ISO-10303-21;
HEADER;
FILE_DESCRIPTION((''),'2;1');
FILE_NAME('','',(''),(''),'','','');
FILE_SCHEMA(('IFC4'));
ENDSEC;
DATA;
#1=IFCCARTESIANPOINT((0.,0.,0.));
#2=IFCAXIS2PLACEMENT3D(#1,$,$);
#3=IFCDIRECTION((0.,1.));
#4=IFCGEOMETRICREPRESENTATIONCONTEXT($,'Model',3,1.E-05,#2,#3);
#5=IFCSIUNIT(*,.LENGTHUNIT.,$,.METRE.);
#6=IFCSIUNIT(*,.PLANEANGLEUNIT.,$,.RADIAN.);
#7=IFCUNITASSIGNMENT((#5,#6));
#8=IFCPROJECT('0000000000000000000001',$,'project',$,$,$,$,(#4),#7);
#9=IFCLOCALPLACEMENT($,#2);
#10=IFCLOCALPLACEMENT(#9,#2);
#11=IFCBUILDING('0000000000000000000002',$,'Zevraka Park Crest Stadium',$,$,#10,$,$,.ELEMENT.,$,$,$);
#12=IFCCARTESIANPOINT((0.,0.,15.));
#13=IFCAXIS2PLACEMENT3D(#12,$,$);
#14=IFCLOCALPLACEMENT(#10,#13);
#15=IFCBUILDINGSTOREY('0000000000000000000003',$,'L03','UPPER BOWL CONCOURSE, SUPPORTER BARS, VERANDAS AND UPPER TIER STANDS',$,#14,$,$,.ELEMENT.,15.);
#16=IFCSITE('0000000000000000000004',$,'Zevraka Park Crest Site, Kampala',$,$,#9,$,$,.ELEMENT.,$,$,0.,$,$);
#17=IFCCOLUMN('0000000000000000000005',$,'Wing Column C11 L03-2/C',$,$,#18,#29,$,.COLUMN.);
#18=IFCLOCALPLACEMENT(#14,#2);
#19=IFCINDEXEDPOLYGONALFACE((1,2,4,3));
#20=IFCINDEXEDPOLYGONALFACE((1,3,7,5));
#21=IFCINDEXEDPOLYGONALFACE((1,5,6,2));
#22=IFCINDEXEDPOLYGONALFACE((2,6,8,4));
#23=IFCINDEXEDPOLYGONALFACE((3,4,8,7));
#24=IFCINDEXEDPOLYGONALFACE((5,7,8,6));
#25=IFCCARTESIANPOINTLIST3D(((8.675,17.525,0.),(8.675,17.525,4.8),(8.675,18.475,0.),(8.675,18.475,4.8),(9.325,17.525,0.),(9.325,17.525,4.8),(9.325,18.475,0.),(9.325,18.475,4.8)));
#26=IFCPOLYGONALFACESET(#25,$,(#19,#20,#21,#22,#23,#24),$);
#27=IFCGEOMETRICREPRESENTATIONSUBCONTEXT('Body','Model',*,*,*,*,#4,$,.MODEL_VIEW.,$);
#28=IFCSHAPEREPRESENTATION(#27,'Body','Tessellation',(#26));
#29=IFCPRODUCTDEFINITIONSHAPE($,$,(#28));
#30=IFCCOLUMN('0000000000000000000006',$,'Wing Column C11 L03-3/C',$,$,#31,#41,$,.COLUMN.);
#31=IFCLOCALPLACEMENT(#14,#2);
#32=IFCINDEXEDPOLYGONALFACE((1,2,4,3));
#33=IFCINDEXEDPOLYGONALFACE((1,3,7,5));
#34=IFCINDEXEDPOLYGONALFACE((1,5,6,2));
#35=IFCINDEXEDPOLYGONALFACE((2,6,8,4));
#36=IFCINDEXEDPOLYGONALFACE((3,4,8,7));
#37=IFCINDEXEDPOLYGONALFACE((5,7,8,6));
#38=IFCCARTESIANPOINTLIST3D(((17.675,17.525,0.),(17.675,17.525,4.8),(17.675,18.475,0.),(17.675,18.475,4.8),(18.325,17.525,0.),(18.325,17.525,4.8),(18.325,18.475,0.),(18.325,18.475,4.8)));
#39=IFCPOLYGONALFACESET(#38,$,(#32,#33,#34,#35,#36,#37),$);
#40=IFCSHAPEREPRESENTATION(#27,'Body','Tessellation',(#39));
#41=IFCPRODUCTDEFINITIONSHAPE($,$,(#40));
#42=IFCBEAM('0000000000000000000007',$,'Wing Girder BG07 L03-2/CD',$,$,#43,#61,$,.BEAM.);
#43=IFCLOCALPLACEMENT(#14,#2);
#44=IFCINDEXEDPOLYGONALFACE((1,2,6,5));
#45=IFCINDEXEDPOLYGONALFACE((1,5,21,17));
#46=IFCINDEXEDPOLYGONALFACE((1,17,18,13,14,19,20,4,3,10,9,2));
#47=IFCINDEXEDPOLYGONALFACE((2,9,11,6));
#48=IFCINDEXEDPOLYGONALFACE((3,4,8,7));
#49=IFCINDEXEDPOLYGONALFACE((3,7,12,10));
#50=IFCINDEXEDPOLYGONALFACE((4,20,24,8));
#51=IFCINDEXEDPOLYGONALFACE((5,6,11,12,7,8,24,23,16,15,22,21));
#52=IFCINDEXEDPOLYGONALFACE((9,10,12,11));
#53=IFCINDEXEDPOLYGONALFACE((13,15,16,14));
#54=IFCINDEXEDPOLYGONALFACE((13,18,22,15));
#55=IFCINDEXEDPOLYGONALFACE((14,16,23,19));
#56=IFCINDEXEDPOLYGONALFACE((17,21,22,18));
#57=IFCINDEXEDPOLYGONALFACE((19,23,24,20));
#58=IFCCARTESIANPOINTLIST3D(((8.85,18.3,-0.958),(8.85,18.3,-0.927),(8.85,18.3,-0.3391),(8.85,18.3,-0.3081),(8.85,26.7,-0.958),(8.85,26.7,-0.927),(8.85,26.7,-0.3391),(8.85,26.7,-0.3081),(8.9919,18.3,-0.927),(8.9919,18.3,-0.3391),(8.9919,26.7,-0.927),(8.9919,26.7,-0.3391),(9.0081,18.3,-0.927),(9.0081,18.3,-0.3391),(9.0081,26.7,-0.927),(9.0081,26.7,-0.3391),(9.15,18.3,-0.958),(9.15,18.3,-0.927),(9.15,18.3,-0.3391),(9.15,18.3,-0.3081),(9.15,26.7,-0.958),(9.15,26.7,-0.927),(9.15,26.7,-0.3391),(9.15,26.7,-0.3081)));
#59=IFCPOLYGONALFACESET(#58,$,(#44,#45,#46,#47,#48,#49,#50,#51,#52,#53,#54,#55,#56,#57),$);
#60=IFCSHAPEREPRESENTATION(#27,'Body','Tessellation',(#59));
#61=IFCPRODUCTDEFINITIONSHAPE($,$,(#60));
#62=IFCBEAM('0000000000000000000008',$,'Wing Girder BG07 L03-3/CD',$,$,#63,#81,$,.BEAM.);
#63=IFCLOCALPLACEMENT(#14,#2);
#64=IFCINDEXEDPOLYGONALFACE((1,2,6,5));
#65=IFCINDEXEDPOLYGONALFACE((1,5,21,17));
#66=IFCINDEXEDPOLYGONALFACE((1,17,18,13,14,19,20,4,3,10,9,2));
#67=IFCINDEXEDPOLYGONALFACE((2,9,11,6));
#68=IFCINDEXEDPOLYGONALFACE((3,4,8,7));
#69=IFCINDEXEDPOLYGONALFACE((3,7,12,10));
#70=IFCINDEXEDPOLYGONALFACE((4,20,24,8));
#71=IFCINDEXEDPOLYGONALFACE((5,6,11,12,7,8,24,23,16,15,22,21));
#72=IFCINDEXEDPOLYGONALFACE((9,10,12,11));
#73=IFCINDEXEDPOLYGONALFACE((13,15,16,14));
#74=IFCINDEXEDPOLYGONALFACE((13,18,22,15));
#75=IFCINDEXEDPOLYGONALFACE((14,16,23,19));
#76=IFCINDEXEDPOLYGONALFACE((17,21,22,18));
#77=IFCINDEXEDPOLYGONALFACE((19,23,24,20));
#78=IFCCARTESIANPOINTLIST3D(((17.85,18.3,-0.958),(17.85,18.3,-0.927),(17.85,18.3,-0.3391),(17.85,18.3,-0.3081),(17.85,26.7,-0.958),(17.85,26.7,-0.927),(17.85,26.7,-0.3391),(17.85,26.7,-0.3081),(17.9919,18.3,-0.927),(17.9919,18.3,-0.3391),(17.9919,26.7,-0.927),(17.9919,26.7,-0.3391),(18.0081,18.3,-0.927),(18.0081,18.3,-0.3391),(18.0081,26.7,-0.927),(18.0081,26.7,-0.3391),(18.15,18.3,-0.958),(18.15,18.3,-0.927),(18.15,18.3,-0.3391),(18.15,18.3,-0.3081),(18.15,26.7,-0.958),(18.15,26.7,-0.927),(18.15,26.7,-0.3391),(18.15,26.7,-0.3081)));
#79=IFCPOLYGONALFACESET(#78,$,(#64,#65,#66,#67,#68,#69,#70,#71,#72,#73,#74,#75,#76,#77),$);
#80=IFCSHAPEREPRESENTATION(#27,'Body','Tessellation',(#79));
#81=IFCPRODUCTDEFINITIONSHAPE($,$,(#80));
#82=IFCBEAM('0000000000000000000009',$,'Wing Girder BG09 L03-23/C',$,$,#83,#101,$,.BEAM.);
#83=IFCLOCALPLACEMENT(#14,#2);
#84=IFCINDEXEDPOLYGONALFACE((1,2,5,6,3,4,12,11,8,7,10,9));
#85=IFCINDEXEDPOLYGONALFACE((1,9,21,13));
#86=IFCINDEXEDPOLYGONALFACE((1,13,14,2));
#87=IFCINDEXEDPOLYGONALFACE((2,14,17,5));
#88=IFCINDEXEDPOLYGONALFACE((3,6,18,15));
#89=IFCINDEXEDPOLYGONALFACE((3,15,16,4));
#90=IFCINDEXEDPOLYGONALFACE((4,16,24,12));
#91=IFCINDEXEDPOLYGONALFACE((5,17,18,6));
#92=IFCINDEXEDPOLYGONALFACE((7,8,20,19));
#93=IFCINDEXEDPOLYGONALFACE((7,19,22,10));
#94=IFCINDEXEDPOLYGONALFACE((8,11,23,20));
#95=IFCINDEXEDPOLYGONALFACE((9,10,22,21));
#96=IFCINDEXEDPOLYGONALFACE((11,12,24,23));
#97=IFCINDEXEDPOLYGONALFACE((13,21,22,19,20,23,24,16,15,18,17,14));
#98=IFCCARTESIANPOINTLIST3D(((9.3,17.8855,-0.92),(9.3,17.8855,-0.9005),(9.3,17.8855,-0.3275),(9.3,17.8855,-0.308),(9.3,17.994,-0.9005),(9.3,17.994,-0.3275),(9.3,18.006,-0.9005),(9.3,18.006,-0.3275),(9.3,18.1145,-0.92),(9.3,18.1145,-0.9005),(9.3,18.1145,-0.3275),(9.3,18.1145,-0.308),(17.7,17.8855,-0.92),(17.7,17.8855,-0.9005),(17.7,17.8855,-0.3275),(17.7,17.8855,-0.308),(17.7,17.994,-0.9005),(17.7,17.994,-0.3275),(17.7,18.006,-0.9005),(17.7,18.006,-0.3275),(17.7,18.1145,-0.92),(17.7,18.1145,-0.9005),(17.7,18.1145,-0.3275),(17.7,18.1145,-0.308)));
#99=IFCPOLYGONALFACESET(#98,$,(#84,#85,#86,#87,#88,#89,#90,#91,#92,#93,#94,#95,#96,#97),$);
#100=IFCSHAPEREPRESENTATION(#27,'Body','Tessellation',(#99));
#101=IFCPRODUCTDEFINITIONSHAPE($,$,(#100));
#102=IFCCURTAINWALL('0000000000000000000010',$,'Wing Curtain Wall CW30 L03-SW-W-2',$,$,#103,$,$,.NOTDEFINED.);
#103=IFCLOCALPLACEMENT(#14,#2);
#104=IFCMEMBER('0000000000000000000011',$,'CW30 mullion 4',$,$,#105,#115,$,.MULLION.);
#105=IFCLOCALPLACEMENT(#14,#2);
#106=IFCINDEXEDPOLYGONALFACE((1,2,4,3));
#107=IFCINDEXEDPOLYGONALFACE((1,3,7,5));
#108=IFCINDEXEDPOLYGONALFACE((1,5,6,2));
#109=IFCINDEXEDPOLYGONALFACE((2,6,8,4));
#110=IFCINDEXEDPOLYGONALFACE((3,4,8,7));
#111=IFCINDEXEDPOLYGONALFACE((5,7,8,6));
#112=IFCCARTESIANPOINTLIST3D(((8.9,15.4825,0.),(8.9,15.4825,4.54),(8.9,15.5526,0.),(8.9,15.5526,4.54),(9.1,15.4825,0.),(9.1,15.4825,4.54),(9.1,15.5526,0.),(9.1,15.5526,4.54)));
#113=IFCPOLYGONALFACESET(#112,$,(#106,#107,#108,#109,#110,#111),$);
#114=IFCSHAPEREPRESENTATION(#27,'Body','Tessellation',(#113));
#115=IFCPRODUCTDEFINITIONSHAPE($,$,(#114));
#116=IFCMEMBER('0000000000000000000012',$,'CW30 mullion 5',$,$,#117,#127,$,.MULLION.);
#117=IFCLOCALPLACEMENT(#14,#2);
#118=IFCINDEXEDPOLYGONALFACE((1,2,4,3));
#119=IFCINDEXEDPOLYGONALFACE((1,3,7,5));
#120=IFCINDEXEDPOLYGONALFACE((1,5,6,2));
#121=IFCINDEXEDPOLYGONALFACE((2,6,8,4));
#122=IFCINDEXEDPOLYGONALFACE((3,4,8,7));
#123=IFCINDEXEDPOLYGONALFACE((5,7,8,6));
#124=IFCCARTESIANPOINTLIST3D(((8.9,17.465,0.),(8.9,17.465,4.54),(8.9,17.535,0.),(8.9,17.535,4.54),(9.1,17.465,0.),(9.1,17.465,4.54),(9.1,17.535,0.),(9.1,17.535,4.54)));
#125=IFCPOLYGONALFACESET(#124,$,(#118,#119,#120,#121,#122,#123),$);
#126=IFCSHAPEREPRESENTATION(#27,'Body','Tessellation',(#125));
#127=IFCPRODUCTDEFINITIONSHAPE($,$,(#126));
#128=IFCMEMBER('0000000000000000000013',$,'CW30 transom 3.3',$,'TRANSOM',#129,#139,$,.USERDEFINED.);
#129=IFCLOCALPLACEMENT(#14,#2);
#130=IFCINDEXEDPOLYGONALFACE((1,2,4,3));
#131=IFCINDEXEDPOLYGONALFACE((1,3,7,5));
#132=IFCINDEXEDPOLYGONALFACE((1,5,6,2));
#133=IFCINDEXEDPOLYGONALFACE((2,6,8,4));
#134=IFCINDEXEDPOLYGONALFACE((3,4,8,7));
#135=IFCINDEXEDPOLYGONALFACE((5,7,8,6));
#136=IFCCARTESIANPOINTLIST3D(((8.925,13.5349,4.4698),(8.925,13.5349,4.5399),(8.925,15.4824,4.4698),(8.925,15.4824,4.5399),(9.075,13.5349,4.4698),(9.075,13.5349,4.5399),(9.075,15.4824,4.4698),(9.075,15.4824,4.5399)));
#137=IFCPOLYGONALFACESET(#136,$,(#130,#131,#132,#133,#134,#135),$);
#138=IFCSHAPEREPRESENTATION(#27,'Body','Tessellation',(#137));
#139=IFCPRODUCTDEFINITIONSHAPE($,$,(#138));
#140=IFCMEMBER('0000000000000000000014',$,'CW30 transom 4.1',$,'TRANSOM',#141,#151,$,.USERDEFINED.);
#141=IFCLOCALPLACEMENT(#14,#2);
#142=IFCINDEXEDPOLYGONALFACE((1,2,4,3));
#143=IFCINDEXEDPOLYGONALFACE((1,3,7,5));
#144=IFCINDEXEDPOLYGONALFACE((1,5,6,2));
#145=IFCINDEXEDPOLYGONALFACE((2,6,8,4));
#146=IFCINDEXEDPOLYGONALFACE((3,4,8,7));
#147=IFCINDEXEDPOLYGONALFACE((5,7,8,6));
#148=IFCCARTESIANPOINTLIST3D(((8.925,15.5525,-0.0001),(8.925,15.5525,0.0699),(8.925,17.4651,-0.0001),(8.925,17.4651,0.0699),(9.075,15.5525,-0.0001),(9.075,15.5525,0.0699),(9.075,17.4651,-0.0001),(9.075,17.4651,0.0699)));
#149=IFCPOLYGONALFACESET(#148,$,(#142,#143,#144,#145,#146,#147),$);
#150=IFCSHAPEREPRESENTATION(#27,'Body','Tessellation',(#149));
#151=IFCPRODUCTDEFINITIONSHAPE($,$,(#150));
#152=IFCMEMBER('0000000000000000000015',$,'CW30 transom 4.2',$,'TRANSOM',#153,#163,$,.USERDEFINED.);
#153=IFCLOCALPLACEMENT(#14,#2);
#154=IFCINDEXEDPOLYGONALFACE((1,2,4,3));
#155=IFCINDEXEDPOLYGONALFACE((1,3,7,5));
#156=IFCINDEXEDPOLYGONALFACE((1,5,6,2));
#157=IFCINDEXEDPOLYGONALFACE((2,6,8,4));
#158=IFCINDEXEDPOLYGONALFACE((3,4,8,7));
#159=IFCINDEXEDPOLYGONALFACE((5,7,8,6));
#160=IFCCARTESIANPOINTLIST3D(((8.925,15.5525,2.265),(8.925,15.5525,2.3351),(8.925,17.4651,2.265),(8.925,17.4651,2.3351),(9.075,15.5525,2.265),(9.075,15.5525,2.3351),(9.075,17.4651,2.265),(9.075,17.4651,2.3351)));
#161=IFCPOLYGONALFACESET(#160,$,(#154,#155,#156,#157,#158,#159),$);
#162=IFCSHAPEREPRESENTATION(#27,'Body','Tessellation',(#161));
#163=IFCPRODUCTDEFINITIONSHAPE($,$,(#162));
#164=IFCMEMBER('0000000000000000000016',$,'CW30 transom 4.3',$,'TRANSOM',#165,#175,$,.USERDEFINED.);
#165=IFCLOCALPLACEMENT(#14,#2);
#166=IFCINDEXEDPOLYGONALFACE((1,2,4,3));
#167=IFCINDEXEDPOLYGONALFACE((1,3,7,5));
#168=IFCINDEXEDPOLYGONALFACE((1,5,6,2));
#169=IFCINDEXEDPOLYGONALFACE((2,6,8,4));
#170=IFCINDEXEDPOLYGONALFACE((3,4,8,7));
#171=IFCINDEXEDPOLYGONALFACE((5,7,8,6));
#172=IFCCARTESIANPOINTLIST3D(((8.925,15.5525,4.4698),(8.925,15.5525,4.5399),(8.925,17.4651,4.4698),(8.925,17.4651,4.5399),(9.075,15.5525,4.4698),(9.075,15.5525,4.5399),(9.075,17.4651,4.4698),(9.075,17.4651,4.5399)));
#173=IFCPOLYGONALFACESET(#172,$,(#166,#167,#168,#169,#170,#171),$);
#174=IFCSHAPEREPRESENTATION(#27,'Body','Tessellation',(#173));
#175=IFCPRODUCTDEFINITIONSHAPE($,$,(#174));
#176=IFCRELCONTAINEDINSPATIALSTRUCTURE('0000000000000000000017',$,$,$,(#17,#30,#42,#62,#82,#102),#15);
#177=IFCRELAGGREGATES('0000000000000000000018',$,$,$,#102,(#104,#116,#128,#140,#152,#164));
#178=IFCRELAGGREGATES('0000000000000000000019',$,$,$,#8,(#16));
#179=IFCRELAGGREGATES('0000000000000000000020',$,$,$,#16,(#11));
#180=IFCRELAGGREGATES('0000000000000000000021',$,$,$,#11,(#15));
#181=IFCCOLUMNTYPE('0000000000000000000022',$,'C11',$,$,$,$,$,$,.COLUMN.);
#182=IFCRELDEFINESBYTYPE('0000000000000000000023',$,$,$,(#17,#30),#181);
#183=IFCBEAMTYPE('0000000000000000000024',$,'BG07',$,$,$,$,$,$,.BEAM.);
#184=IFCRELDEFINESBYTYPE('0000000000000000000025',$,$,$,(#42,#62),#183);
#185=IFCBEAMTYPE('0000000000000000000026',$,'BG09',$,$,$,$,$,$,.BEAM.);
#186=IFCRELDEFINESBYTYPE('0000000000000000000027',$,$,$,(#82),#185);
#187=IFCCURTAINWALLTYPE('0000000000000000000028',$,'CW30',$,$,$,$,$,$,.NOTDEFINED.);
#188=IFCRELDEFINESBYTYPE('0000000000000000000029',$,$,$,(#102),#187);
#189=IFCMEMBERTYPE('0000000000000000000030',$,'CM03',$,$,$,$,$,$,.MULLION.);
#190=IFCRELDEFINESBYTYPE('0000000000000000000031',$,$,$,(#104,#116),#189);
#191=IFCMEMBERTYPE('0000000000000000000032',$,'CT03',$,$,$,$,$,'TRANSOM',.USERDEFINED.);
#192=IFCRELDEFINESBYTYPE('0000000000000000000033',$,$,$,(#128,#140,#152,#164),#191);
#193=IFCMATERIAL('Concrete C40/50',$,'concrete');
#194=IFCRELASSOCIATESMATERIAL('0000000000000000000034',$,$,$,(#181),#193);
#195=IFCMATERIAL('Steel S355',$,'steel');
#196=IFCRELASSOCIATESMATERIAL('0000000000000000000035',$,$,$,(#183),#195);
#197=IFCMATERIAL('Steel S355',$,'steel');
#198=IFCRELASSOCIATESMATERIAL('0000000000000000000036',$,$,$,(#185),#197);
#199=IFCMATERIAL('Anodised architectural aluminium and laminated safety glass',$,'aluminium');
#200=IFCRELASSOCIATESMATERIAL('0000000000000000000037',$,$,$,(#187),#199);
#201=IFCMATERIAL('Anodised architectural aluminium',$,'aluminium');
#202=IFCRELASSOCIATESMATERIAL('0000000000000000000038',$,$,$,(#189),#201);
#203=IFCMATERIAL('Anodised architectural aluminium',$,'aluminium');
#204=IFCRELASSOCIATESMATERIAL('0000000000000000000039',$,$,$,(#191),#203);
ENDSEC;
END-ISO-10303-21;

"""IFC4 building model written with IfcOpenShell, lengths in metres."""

from ifc_helpers import new_model, si_unit, direction, frame, origin, origin_2d, place, context, subcontext, project, spatial, rectangle, i_section, extrude, material, material_profile, profile_set, type_object, element, aggregate, save


model = new_model("IFC4")

# Units and contexts
model_context = context("Model", 3, precision=1e-05, world=origin(), true_north=direction((0.0, 1.0)))
body_context = subcontext(model_context, "Body", "Model", "MODEL_VIEW")
ifc_project = project(units=[si_unit("LENGTHUNIT", "METRE"), si_unit("PLANEANGLEUNIT", "RADIAN")], contexts=[model_context])

# Site, building, storey
site_placement = place(None, origin())
site = spatial("IfcSite", under=ifc_project, at=site_placement, Name="Zevraka Park Crest Site, Kampala", CompositionType="ELEMENT", RefElevation=0.0)
building_placement = place(site_placement, origin())
building = spatial("IfcBuilding", under=site, at=building_placement, Name="Zevraka Park Crest Stadium", CompositionType="ELEMENT")
storey_placement = place(building_placement, frame((0.0, 0.0, 15.0)))
storey = spatial("IfcBuildingStorey", under=building, at=storey_placement, Name="L03", Description="UPPER BOWL CONCOURSE, SUPPORTER BARS, VERANDAS AND UPPER TIER STANDS", CompositionType="ELEMENT", Elevation=15.0)

# Columns
ifc_material_1 = material(Name="Concrete C40/50", Category="concrete")
ifc_material_profile_1 = material_profile(ifc_material_1, rectangle(XDim=0.6499, YDim=0.95, at=origin_2d()), Name="RC 950x650")
ifc_profile_set_1 = profile_set([ifc_material_profile_1], Name="Concrete C40/50")
column_type = type_object("IfcColumnType", Name="C11", PredefinedType="COLUMN", material=ifc_profile_set_1)
for number, where, z_axis, x_axis, name in (
    (1, (9.0, 18.0, 0.0), (0.0, 0.0, 1.0), (1.0, 0.0, 0.0), "Wing Column C11 L03-2/C"),
    (2, (18.0, 18.0, 0.0), (0.0, 0.0, 1.0), (1.0, 0.0, 0.0), "Wing Column C11 L03-3/C"),
):
    element("IfcColumn", number, at=place(storey_placement, frame(where, z_axis=z_axis, x_axis=x_axis)), inside=storey, type_object=column_type, Name=name, PredefinedType="COLUMN", context=body_context, shape_type="SweptSolid", body=[
        extrude(rectangle(XDim=0.6499, YDim=0.95, at=origin_2d()), origin(), (0.0, 0.0, 1.0), 4.8),
    ])

# Beams
ifc_material_2 = material(Name="Steel S355", Category="steel")
ifc_material_profile_2 = material_profile(ifc_material_2, i_section(OverallWidth=0.3, OverallDepth=0.6499, WebThickness=0.0161, FlangeThickness=0.031, at=origin_2d()), Name="HEB 650")
ifc_profile_set_2 = profile_set([ifc_material_profile_2], Name="Steel S355")
beam_type_1 = type_object("IfcBeamType", Name="BG07", PredefinedType="BEAM", material=ifc_profile_set_2)
for number, where, z_axis, x_axis, name in (
    (3, (9.0, 18.3, -0.6331), (0.0, 1.0, 0.0), (-1.0, 0.0, 0.0), "Wing Girder BG07 L03-2/CD"),
    (4, (18.0, 18.3, -0.6331), (0.0, 1.0, 0.0), (-1.0, 0.0, 0.0), "Wing Girder BG07 L03-3/CD"),
):
    element("IfcBeam", number, at=place(storey_placement, frame(where, z_axis=z_axis, x_axis=x_axis)), inside=storey, type_object=beam_type_1, Name=name, PredefinedType="BEAM", context=body_context, shape_type="SweptSolid", body=[
        extrude(i_section(OverallWidth=0.3, OverallDepth=0.6499, WebThickness=0.0161, FlangeThickness=0.031, at=origin_2d()), origin(), (0.0, 0.0, 1.0), 8.3999),
    ])
ifc_material_3 = material(Name="Steel S355", Category="steel")
ifc_material_profile_3 = material_profile(ifc_material_3, i_section(OverallWidth=0.229, OverallDepth=0.6121, WebThickness=0.012, FlangeThickness=0.0195, at=origin_2d()), Name="UKB 610x229x125")
ifc_profile_set_3 = profile_set([ifc_material_profile_3], Name="Steel S355")
beam_type_2 = type_object("IfcBeamType", Name="BG09", PredefinedType="BEAM", material=ifc_profile_set_3)
beam_1_placement = place(storey_placement, frame((9.3, 18.0, -0.614), z_axis=(1.0, 0.0, 0.0), x_axis=(0.0, 1.0, 0.0)))
element("IfcBeam", 5, at=beam_1_placement, inside=storey, type_object=beam_type_2, Name="Wing Girder BG09 L03-23/C", PredefinedType="BEAM", context=body_context, shape_type="SweptSolid", body=[
    extrude(i_section(OverallWidth=0.229, OverallDepth=0.6121, WebThickness=0.012, FlangeThickness=0.0195, at=origin_2d()), origin(), (0.0, 0.0, 1.0), 8.3999),
])

# Curtain wall, members
ifc_material_4 = material(Name="Anodised architectural aluminium and laminated safety glass", Category="aluminium")
curtain_wall_type = type_object("IfcCurtainWallType", Name="CW30", PredefinedType="NOTDEFINED", material=ifc_material_4)
curtain_wall_placement = place(storey_placement, origin())
curtain_wall = element("IfcCurtainWall", 6, at=curtain_wall_placement, inside=storey, type_object=curtain_wall_type, Name="Wing Curtain Wall CW30 L03-SW-W-2", PredefinedType="NOTDEFINED")
ifc_material_5 = material(Name="Anodised architectural aluminium", Category="aluminium")
ifc_material_profile_4 = material_profile(ifc_material_5, rectangle(XDim=0.2, YDim=0.0701, at=origin_2d()), Name="ALU MULLION 200x70")
ifc_profile_set_4 = profile_set([ifc_material_profile_4], Name="Anodised architectural aluminium")
member_type_1 = type_object("IfcMemberType", Name="CM03", PredefinedType="MULLION", material=ifc_profile_set_4)
member_1_placement = place(storey_placement, frame((9.0, 15.5176, 0.0), z_axis=(0.0, 0.0, 1.0), x_axis=(-1.0, 0.0, 0.0)))
member_1 = element("IfcMember", 7, at=member_1_placement, type_object=member_type_1, Name="CW30 mullion 4", PredefinedType="MULLION", context=body_context, shape_type="SweptSolid", body=[
    extrude(rectangle(XDim=0.2, YDim=0.0701, at=origin_2d()), origin(), (0.0, 0.0, 1.0), 4.54),
])
member_2_placement = place(storey_placement, frame((9.0, 17.5, 0.0), z_axis=(0.0, 0.0, 1.0), x_axis=(-1.0, 0.0, 0.0)))
member_2 = element("IfcMember", 8, at=member_2_placement, type_object=member_type_1, Name="CW30 mullion 5", PredefinedType="MULLION", context=body_context, shape_type="SweptSolid", body=[
    extrude(rectangle(XDim=0.2, YDim=0.0701, at=origin_2d()), origin(), (0.0, 0.0, 1.0), 4.54),
])
ifc_material_6 = material(Name="Anodised architectural aluminium", Category="aluminium")
ifc_material_profile_5 = material_profile(ifc_material_6, rectangle(XDim=0.1499, YDim=0.0701, at=origin_2d()), Name="ALU TRANSOM 150x70")
ifc_profile_set_5 = profile_set([ifc_material_profile_5], Name="Anodised architectural aluminium")
member_type_2 = type_object("IfcMemberType", Name="CT03", ElementType="TRANSOM", PredefinedType="USERDEFINED", material=ifc_profile_set_5)
member_3_placement = place(storey_placement, frame((9.0, 13.5349, 4.5049), z_axis=(0.0, 1.0, 0.0), x_axis=(-1.0, 0.0, 0.0)))
member_3 = element("IfcMember", 9, at=member_3_placement, type_object=member_type_2, Name="CW30 transom 3.3", ObjectType="TRANSOM", PredefinedType="USERDEFINED", context=body_context, shape_type="SweptSolid", body=[
    extrude(rectangle(XDim=0.1499, YDim=0.0701, at=origin_2d()), origin(), (0.0, 0.0, 1.0), 1.9475),
])
member_4_placement = place(storey_placement, frame((9.0, 15.5525, 0.0349), z_axis=(0.0, 1.0, 0.0), x_axis=(-1.0, 0.0, 0.0)))
member_4 = element("IfcMember", 10, at=member_4_placement, type_object=member_type_2, Name="CW30 transom 4.1", ObjectType="TRANSOM", PredefinedType="USERDEFINED", context=body_context, shape_type="SweptSolid", body=[
    extrude(rectangle(XDim=0.1499, YDim=0.0701, at=origin_2d()), origin(), (0.0, 0.0, 1.0), 1.9126),
])
member_5_placement = place(storey_placement, frame((9.0, 15.5525, 2.3), z_axis=(0.0, 1.0, 0.0), x_axis=(-1.0, 0.0, 0.0)))
member_5 = element("IfcMember", 11, at=member_5_placement, type_object=member_type_2, Name="CW30 transom 4.2", ObjectType="TRANSOM", PredefinedType="USERDEFINED", context=body_context, shape_type="SweptSolid", body=[
    extrude(rectangle(XDim=0.1499, YDim=0.0701, at=origin_2d()), origin(), (0.0, 0.0, 1.0), 1.9126),
])
member_6_placement = place(storey_placement, frame((9.0, 15.5525, 4.5049), z_axis=(0.0, 1.0, 0.0), x_axis=(-1.0, 0.0, 0.0)))
member_6 = element("IfcMember", 12, at=member_6_placement, type_object=member_type_2, Name="CW30 transom 4.3", ObjectType="TRANSOM", PredefinedType="USERDEFINED", context=body_context, shape_type="SweptSolid", body=[
    extrude(rectangle(XDim=0.1499, YDim=0.0701, at=origin_2d()), origin(), (0.0, 0.0, 1.0), 1.9126),
])

aggregate(curtain_wall, [member_1, member_2, member_3, member_4, member_5, member_6])

save(model, "model.ifc")
